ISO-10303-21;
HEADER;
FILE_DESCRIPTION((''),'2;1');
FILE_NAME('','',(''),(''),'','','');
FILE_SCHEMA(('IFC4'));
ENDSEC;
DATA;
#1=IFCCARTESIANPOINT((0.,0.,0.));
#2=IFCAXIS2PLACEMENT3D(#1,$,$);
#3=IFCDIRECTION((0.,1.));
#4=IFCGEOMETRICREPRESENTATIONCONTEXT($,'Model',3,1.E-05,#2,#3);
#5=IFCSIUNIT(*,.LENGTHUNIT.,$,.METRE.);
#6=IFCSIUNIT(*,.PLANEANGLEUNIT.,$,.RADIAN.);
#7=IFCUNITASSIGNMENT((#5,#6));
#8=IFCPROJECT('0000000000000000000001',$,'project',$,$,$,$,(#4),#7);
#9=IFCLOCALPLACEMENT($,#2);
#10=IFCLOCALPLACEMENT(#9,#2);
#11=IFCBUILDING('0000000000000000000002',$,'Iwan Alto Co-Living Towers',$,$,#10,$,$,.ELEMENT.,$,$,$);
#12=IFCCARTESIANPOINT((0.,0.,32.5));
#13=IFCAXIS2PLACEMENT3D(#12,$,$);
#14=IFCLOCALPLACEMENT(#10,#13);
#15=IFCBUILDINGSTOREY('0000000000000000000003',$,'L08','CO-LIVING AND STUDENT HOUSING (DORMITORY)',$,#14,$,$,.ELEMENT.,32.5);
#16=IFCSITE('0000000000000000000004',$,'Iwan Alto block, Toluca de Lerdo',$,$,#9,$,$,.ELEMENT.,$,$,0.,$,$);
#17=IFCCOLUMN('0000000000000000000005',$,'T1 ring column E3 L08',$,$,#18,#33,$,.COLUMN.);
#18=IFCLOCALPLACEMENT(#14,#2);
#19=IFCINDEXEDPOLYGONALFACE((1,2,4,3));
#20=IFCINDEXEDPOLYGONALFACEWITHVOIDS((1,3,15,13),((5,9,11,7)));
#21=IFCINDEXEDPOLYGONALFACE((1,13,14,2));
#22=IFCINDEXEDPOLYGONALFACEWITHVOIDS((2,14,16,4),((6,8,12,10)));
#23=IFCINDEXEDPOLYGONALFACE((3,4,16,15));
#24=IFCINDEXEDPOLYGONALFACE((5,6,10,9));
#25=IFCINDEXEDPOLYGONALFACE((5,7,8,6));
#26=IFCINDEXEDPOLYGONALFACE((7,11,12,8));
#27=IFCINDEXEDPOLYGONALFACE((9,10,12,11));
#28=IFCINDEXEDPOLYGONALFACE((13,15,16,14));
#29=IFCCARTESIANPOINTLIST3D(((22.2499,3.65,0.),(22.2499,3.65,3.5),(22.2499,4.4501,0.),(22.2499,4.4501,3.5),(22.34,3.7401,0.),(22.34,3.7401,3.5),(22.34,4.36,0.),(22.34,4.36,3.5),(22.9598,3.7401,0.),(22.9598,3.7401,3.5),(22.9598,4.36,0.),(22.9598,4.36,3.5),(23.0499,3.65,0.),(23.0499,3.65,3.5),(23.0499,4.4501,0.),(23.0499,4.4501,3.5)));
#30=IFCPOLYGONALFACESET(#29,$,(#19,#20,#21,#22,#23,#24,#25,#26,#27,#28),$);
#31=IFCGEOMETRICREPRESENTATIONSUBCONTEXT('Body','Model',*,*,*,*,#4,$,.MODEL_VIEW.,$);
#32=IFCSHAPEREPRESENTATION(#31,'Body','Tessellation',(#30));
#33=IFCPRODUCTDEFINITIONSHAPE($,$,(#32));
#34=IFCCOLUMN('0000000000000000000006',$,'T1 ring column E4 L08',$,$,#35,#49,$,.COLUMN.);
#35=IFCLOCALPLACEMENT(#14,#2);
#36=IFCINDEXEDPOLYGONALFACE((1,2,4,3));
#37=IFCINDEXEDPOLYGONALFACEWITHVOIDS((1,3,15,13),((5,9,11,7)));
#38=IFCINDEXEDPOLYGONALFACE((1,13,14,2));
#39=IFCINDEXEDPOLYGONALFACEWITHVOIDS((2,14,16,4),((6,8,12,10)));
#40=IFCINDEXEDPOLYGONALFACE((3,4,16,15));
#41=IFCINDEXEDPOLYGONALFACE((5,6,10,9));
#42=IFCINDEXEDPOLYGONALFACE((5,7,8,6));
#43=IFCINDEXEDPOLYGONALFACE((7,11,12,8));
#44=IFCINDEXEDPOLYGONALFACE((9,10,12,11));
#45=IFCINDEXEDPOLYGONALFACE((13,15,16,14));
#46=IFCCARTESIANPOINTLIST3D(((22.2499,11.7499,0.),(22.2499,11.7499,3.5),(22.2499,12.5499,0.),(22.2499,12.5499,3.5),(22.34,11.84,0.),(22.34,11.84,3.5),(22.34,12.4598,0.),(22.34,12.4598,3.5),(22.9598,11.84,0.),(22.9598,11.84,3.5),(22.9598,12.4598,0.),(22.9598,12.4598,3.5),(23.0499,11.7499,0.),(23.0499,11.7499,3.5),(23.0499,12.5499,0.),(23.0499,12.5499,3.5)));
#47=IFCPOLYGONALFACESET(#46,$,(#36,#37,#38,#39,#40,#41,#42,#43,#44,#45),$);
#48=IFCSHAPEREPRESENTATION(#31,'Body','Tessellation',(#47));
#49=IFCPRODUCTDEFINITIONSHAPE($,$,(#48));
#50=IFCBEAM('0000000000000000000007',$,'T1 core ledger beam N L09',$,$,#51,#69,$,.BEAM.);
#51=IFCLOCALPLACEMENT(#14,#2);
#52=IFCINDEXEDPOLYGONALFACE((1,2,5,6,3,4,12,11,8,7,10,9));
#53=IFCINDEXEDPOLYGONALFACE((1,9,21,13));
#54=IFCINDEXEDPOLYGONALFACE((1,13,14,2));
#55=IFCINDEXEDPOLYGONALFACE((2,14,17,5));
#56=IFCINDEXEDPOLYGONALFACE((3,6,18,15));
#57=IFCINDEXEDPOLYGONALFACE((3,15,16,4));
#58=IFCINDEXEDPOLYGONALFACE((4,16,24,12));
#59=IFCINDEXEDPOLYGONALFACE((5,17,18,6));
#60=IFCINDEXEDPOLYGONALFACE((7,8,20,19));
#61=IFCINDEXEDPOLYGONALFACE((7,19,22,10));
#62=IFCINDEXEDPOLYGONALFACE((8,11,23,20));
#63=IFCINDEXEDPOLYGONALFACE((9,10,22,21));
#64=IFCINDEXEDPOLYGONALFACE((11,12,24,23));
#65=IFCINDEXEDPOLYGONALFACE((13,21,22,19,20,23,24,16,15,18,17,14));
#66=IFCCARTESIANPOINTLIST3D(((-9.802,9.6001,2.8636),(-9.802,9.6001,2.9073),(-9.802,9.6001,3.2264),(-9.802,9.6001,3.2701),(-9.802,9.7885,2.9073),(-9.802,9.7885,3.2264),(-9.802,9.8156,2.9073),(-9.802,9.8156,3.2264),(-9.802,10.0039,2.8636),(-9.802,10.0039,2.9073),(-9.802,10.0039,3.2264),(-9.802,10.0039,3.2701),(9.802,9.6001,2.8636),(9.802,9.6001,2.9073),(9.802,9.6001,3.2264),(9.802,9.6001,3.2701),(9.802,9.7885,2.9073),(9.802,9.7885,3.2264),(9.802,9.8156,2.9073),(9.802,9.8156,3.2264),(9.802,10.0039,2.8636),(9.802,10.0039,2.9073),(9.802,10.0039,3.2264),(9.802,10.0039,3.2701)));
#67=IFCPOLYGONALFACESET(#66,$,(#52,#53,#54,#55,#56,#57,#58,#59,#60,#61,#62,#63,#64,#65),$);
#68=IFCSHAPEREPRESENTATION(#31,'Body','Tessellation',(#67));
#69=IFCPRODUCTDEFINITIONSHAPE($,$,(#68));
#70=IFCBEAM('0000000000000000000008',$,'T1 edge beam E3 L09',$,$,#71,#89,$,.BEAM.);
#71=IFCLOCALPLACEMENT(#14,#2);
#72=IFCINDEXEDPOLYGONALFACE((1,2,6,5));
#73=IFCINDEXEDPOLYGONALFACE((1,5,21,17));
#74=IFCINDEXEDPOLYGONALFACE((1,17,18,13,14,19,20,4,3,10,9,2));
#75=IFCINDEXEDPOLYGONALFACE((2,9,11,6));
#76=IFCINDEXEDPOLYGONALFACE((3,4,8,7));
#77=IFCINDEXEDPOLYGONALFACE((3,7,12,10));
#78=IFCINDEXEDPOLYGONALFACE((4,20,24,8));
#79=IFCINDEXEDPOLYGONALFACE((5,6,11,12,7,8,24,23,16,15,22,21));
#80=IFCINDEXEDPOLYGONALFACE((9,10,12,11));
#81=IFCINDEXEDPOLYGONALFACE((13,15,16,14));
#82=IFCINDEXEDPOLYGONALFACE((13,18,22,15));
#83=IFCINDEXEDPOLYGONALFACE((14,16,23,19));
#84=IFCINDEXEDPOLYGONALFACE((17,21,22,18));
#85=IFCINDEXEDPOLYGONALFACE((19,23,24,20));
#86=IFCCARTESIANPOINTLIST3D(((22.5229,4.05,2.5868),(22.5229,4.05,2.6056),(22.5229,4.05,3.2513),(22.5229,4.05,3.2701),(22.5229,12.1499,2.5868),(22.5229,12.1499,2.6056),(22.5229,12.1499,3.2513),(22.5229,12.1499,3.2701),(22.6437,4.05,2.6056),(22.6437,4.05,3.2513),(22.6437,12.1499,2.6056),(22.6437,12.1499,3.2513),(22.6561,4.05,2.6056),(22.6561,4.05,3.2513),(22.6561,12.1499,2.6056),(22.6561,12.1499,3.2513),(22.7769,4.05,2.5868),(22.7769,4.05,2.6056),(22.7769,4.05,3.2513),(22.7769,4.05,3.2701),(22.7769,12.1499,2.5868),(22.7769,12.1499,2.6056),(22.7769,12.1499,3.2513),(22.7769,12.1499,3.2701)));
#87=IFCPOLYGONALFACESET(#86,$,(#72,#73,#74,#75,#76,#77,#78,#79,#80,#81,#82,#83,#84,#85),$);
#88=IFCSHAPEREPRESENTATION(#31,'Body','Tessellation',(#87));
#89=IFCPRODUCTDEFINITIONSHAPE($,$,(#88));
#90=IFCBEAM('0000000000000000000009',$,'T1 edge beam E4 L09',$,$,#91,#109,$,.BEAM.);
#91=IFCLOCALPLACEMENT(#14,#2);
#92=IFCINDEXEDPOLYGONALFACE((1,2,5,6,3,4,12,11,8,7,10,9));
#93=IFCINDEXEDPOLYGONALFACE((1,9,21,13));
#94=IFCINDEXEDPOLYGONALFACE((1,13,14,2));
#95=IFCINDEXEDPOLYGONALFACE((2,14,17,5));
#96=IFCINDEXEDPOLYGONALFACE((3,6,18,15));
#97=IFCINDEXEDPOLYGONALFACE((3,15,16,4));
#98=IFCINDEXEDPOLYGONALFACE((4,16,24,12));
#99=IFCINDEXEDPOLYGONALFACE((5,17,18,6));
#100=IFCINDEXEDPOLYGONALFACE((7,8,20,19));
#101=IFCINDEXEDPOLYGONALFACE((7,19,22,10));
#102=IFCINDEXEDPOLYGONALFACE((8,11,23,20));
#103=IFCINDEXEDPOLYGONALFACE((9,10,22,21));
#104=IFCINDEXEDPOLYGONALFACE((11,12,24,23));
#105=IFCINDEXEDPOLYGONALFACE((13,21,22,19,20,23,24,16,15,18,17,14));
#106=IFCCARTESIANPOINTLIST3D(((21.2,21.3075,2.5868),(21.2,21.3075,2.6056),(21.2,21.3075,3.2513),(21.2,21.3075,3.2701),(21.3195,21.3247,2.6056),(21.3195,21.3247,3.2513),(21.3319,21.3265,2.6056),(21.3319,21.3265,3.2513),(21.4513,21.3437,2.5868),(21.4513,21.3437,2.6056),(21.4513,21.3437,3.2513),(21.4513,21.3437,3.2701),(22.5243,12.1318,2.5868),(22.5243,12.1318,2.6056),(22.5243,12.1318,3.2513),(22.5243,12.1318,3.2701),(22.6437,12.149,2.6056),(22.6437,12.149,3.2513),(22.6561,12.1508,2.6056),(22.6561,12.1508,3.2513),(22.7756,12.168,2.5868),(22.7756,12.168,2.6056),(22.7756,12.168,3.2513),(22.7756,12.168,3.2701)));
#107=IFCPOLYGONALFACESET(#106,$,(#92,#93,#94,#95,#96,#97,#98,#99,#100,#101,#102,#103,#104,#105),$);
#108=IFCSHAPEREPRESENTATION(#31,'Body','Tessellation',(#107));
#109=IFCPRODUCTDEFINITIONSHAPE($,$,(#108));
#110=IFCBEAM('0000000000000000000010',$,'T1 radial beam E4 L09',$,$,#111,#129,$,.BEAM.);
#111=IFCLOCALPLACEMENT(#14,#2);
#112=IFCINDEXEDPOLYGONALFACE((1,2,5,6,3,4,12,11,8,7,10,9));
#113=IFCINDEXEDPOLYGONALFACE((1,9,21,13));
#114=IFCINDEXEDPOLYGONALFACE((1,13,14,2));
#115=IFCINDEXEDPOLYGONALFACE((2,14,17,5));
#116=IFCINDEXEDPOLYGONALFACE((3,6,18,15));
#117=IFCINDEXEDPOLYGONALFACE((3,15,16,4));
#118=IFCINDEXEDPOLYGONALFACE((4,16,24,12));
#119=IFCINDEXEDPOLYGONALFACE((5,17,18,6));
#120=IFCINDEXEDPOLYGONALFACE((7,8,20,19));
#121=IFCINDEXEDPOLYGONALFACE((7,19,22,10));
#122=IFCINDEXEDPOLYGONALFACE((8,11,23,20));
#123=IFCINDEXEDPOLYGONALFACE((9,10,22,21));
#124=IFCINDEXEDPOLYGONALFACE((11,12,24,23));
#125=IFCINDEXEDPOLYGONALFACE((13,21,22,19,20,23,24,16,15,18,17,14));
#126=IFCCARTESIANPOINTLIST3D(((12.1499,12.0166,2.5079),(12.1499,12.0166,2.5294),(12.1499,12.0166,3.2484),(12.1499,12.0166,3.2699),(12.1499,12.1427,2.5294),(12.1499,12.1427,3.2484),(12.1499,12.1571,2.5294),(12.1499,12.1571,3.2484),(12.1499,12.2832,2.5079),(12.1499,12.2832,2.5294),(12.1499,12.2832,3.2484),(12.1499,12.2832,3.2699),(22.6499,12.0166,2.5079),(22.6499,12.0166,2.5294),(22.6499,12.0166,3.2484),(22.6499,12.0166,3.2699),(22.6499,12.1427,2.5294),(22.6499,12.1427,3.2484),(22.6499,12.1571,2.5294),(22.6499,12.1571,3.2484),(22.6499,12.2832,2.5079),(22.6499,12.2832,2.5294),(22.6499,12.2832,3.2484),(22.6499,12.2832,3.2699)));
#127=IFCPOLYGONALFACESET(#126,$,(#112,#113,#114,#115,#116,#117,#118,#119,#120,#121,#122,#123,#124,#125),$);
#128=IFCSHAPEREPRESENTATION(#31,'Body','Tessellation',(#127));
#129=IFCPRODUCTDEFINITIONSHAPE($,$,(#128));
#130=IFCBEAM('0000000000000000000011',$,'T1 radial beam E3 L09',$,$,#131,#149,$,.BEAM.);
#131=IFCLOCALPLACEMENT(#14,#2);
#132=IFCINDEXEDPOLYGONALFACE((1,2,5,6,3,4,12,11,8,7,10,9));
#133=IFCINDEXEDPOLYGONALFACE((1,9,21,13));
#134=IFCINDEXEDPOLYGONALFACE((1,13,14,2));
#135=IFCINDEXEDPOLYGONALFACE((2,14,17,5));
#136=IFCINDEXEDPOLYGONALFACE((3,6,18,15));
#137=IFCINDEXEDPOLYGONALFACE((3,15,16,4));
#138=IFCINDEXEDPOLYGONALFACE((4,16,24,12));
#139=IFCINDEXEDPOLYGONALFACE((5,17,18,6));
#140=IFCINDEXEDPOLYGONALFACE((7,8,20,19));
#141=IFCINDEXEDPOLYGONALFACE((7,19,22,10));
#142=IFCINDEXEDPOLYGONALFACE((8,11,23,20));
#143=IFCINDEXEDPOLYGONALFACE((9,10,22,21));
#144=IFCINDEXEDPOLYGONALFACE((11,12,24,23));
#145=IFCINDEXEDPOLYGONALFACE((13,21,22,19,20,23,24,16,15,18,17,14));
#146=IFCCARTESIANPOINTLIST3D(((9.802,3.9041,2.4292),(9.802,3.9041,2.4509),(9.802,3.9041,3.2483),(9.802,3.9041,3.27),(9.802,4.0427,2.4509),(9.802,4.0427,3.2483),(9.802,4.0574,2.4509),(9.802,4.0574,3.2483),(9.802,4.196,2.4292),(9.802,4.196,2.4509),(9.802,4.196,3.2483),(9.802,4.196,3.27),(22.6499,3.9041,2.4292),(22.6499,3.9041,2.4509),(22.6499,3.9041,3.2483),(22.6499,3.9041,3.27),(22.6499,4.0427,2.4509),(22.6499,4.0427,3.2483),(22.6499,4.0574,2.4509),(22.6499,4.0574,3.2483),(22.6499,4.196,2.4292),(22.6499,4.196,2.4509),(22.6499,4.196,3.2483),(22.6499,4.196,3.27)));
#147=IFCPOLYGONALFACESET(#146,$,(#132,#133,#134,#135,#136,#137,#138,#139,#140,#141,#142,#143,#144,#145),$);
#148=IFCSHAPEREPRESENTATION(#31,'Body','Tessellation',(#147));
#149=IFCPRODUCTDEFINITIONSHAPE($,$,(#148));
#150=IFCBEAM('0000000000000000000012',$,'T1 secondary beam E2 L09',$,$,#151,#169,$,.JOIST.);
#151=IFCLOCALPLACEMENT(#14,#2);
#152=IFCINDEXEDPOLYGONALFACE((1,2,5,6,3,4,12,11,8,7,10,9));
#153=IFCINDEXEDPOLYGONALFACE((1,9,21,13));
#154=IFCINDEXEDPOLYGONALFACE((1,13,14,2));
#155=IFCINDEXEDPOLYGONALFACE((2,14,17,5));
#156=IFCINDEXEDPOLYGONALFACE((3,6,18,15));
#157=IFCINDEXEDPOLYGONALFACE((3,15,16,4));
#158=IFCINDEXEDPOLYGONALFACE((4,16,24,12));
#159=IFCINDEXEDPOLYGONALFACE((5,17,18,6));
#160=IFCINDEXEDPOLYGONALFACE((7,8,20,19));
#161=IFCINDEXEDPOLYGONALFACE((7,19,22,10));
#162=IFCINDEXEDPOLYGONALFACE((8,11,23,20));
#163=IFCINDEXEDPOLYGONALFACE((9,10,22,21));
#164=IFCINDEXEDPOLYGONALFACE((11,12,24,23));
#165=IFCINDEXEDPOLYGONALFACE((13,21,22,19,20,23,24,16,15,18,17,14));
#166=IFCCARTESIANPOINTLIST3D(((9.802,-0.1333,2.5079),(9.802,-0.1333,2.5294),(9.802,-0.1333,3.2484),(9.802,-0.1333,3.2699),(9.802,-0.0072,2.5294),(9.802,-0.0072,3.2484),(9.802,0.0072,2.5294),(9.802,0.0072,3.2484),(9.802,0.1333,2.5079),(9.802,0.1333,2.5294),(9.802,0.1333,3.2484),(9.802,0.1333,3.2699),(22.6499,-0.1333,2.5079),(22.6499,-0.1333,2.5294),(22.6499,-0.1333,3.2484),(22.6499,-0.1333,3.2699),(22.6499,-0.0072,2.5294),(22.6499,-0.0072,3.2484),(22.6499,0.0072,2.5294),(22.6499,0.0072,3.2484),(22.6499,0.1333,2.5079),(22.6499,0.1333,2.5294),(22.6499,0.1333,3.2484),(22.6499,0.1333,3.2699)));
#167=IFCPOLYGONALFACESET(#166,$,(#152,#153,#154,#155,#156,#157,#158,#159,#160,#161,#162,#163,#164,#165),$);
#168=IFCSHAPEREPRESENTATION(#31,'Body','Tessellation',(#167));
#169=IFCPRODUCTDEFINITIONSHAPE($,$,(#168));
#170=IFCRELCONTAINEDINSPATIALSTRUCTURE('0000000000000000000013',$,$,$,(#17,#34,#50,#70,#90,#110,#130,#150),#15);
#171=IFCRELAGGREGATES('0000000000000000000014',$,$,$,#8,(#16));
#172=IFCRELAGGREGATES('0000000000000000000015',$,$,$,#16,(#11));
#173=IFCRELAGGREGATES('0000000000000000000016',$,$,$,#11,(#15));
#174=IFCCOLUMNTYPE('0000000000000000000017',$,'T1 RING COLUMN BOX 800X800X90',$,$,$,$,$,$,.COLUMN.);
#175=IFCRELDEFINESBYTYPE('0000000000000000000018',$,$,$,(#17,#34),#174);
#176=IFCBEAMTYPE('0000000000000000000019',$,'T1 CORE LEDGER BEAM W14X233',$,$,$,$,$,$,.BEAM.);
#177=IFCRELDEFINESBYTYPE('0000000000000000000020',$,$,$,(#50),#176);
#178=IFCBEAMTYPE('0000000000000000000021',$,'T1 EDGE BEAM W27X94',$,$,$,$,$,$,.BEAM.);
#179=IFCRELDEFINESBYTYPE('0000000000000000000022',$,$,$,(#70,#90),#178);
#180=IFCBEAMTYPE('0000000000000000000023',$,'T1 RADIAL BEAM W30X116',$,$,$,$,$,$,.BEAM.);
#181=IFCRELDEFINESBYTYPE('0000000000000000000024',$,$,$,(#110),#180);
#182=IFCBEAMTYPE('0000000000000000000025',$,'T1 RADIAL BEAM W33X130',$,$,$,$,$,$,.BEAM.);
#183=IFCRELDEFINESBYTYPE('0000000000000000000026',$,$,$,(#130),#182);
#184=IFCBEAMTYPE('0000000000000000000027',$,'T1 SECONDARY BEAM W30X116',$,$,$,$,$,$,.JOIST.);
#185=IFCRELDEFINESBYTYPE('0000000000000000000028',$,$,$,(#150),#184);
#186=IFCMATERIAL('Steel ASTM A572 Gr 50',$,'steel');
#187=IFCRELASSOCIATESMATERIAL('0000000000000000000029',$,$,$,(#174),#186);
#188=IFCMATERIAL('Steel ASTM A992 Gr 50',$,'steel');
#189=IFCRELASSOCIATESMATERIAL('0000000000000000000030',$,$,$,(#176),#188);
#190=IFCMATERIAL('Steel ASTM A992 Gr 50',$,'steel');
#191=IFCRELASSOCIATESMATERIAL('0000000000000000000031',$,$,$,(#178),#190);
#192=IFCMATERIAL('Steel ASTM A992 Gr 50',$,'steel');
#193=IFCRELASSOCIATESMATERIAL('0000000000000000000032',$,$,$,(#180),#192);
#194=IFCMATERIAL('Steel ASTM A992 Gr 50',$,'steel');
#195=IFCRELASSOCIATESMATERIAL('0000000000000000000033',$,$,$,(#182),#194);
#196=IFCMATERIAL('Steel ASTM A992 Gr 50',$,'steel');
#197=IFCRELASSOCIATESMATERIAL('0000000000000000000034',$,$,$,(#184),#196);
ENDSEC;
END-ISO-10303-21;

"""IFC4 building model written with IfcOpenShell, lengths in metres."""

from ifc_helpers import new_model, si_unit, direction, frame, origin, origin_2d, place, context, subcontext, project, spatial, hollow_rectangle, i_section, extrude, material, material_profile, profile_set, type_object, element, save


model = new_model("IFC4")

# Units and contexts
model_context = context("Model", 3, precision=1e-05, world=origin(), true_north=direction((0.0, 1.0)))
body_context = subcontext(model_context, "Body", "Model", "MODEL_VIEW")
ifc_project = project(units=[si_unit("LENGTHUNIT", "METRE"), si_unit("PLANEANGLEUNIT", "RADIAN")], contexts=[model_context])

# Site, building, storey
site_placement = place(None, origin())
site = spatial("IfcSite", under=ifc_project, at=site_placement, Name="Iwan Alto block, Toluca de Lerdo", CompositionType="ELEMENT", RefElevation=0.0)
building_placement = place(site_placement, origin())
building = spatial("IfcBuilding", under=site, at=building_placement, Name="Iwan Alto Co-Living Towers", CompositionType="ELEMENT")
storey_placement = place(building_placement, frame((0.0, 0.0, 32.5)))
storey = spatial("IfcBuildingStorey", under=building, at=storey_placement, Name="L08", Description="CO-LIVING AND STUDENT HOUSING (DORMITORY)", CompositionType="ELEMENT", Elevation=32.5)

# Columns
ifc_material_1 = material(Name="Steel ASTM A572 Gr 50", Category="steel")
ifc_material_profile_1 = material_profile(ifc_material_1, hollow_rectangle(XDim=0.8, YDim=0.8, WallThickness=0.0901, at=origin_2d()), Name="BOX 800X800X90")
ifc_profile_set_1 = profile_set([ifc_material_profile_1], Name="Steel ASTM A572 Gr 50")
column_type = type_object("IfcColumnType", Name="T1 RING COLUMN BOX 800X800X90", PredefinedType="COLUMN", material=ifc_profile_set_1)
for number, where, z_axis, x_axis, name in (
    (1, (22.6499, 4.05, 0.0), (0.0, 0.0, 1.0), (1.0, 0.0, 0.0), "T1 ring column E3 L08"),
    (2, (22.6499, 12.1499, 0.0), (0.0, 0.0, 1.0), (1.0, 0.0, 0.0), "T1 ring column E4 L08"),
):
    element("IfcColumn", number, at=place(storey_placement, frame(where, z_axis=z_axis, x_axis=x_axis)), inside=storey, type_object=column_type, Name=name, PredefinedType="COLUMN", context=body_context, shape_type="SweptSolid", body=[
        extrude(hollow_rectangle(XDim=0.8, YDim=0.8, WallThickness=0.0901, at=origin_2d()), origin(), (0.0, 0.0, 1.0), 3.5),
    ])

# Beams
ifc_material_2 = material(Name="Steel ASTM A992 Gr 50", Category="steel")
ifc_material_profile_2 = material_profile(ifc_material_2, i_section(OverallWidth=0.4038, OverallDepth=0.4065, WebThickness=0.0271, FlangeThickness=0.0437, at=origin_2d()), Name="W14X233")
ifc_profile_set_2 = profile_set([ifc_material_profile_2], Name="Steel ASTM A992 Gr 50")
beam_type_1 = type_object("IfcBeamType", Name="T1 CORE LEDGER BEAM W14X233", PredefinedType="BEAM", material=ifc_profile_set_2)
beam_1_placement = place(storey_placement, frame((9.802, 9.802, 3.0669), z_axis=(-1.0, 0.0, 0.0), x_axis=(0.0, -1.0, 0.0)))
element("IfcBeam", 3, at=beam_1_placement, inside=storey, type_object=beam_type_1, Name="T1 core ledger beam N L09", PredefinedType="BEAM", context=body_context, shape_type="SweptSolid", body=[
    extrude(i_section(OverallWidth=0.4038, OverallDepth=0.4065, WebThickness=0.0271, FlangeThickness=0.0437, at=origin_2d()), origin(), (0.0, 0.0, 1.0), 19.604),
])
ifc_material_3 = material(Name="Steel ASTM A992 Gr 50", Category="steel")
ifc_material_profile_3 = material_profile(ifc_material_3, i_section(OverallWidth=0.2539, OverallDepth=0.6833, WebThickness=0.0125, FlangeThickness=0.0188, at=origin_2d()), Name="W27X94")
ifc_profile_set_3 = profile_set([ifc_material_profile_3], Name="Steel ASTM A992 Gr 50")
beam_type_2 = type_object("IfcBeamType", Name="T1 EDGE BEAM W27X94", PredefinedType="BEAM", material=ifc_profile_set_3)
beam_2_placement = place(storey_placement, frame((22.6499, 4.05, 2.9285), z_axis=(0.0, 1.0, 0.0), x_axis=(-1.0, 0.0, 0.0)))
element("IfcBeam", 4, at=beam_2_placement, inside=storey, type_object=beam_type_2, Name="T1 edge beam E3 L09", PredefinedType="BEAM", context=body_context, shape_type="SweptSolid", body=[
    extrude(i_section(OverallWidth=0.2539, OverallDepth=0.6833, WebThickness=0.0125, FlangeThickness=0.0188, at=origin_2d()), origin(), (0.0, 0.0, 1.0), 8.0999),
])
beam_3_placement = place(storey_placement, frame((22.6499, 12.1499, 2.9285), z_axis=(-0.142837, 0.989746, 0.0), x_axis=(-0.989746, -0.142837, 0.0)))
element("IfcBeam", 5, at=beam_3_placement, inside=storey, type_object=beam_type_2, Name="T1 edge beam E4 L09", PredefinedType="BEAM", context=body_context, shape_type="SweptSolid", body=[
    extrude(i_section(OverallWidth=0.2539, OverallDepth=0.6833, WebThickness=0.0125, FlangeThickness=0.0188, at=origin_2d()), origin(), (0.0, 0.0, 1.0), 9.2708),
])
ifc_material_4 = material(Name="Steel ASTM A992 Gr 50", Category="steel")
ifc_material_profile_4 = material_profile(ifc_material_4, i_section(OverallWidth=0.2666, OverallDepth=0.762, WebThickness=0.0144, FlangeThickness=0.0215, at=origin_2d()), Name="W30X116")
ifc_profile_set_4 = profile_set([ifc_material_profile_4], Name="Steel ASTM A992 Gr 50")
beam_type_3 = type_object("IfcBeamType", Name="T1 RADIAL BEAM W30X116", PredefinedType="BEAM", material=ifc_profile_set_4)
beam_4_placement = place(storey_placement, frame((22.6499, 12.1499, 2.8889), z_axis=(-1.0, 0.0, 0.0), x_axis=(0.0, -1.0, 0.0)))
element("IfcBeam", 6, at=beam_4_placement, inside=storey, type_object=beam_type_3, Name="T1 radial beam E4 L09", PredefinedType="BEAM", context=body_context, shape_type="SweptSolid", body=[
    extrude(i_section(OverallWidth=0.2666, OverallDepth=0.762, WebThickness=0.0144, FlangeThickness=0.0215, at=origin_2d()), origin(), (0.0, 0.0, 1.0), 10.5),
])
ifc_material_5 = material(Name="Steel ASTM A992 Gr 50", Category="steel")
ifc_material_profile_5 = material_profile(ifc_material_5, i_section(OverallWidth=0.292, OverallDepth=0.8408, WebThickness=0.0146, FlangeThickness=0.0217, at=origin_2d()), Name="W33X130")
ifc_profile_set_5 = profile_set([ifc_material_profile_5], Name="Steel ASTM A992 Gr 50")
beam_type_4 = type_object("IfcBeamType", Name="T1 RADIAL BEAM W33X130", PredefinedType="BEAM", material=ifc_profile_set_5)
beam_5_placement = place(storey_placement, frame((22.6499, 4.05, 2.8496), z_axis=(-1.0, 0.0, 0.0), x_axis=(0.0, -1.0, 0.0)))
element("IfcBeam", 7, at=beam_5_placement, inside=storey, type_object=beam_type_4, Name="T1 radial beam E3 L09", PredefinedType="BEAM", context=body_context, shape_type="SweptSolid", body=[
    extrude(i_section(OverallWidth=0.292, OverallDepth=0.8408, WebThickness=0.0146, FlangeThickness=0.0217, at=origin_2d()), origin(), (0.0, 0.0, 1.0), 12.8479),
])
ifc_material_6 = material(Name="Steel ASTM A992 Gr 50", Category="steel")
ifc_material_profile_6 = material_profile(ifc_material_6, i_section(OverallWidth=0.2666, OverallDepth=0.762, WebThickness=0.0144, FlangeThickness=0.0215, at=origin_2d()), Name="W30X116")
ifc_profile_set_6 = profile_set([ifc_material_profile_6], Name="Steel ASTM A992 Gr 50")
beam_type_5 = type_object("IfcBeamType", Name="T1 SECONDARY BEAM W30X116", PredefinedType="JOIST", material=ifc_profile_set_6)
for number, where, z_axis, x_axis, name in (
    (8, (22.6499, 0.0, 2.8889), (-1.0, 0.0, 0.0), (0.0, -1.0, 0.0), "T1 secondary beam E2 L09"),
):
    element("IfcBeam", number, at=place(storey_placement, frame(where, z_axis=z_axis, x_axis=x_axis)), inside=storey, type_object=beam_type_5, Name=name, PredefinedType="JOIST", context=body_context, shape_type="SweptSolid", body=[
        extrude(i_section(OverallWidth=0.2666, OverallDepth=0.762, WebThickness=0.0144, FlangeThickness=0.0215, at=origin_2d()), origin(), (0.0, 0.0, 1.0), 12.8479),
    ])

save(model, "model.ifc")
